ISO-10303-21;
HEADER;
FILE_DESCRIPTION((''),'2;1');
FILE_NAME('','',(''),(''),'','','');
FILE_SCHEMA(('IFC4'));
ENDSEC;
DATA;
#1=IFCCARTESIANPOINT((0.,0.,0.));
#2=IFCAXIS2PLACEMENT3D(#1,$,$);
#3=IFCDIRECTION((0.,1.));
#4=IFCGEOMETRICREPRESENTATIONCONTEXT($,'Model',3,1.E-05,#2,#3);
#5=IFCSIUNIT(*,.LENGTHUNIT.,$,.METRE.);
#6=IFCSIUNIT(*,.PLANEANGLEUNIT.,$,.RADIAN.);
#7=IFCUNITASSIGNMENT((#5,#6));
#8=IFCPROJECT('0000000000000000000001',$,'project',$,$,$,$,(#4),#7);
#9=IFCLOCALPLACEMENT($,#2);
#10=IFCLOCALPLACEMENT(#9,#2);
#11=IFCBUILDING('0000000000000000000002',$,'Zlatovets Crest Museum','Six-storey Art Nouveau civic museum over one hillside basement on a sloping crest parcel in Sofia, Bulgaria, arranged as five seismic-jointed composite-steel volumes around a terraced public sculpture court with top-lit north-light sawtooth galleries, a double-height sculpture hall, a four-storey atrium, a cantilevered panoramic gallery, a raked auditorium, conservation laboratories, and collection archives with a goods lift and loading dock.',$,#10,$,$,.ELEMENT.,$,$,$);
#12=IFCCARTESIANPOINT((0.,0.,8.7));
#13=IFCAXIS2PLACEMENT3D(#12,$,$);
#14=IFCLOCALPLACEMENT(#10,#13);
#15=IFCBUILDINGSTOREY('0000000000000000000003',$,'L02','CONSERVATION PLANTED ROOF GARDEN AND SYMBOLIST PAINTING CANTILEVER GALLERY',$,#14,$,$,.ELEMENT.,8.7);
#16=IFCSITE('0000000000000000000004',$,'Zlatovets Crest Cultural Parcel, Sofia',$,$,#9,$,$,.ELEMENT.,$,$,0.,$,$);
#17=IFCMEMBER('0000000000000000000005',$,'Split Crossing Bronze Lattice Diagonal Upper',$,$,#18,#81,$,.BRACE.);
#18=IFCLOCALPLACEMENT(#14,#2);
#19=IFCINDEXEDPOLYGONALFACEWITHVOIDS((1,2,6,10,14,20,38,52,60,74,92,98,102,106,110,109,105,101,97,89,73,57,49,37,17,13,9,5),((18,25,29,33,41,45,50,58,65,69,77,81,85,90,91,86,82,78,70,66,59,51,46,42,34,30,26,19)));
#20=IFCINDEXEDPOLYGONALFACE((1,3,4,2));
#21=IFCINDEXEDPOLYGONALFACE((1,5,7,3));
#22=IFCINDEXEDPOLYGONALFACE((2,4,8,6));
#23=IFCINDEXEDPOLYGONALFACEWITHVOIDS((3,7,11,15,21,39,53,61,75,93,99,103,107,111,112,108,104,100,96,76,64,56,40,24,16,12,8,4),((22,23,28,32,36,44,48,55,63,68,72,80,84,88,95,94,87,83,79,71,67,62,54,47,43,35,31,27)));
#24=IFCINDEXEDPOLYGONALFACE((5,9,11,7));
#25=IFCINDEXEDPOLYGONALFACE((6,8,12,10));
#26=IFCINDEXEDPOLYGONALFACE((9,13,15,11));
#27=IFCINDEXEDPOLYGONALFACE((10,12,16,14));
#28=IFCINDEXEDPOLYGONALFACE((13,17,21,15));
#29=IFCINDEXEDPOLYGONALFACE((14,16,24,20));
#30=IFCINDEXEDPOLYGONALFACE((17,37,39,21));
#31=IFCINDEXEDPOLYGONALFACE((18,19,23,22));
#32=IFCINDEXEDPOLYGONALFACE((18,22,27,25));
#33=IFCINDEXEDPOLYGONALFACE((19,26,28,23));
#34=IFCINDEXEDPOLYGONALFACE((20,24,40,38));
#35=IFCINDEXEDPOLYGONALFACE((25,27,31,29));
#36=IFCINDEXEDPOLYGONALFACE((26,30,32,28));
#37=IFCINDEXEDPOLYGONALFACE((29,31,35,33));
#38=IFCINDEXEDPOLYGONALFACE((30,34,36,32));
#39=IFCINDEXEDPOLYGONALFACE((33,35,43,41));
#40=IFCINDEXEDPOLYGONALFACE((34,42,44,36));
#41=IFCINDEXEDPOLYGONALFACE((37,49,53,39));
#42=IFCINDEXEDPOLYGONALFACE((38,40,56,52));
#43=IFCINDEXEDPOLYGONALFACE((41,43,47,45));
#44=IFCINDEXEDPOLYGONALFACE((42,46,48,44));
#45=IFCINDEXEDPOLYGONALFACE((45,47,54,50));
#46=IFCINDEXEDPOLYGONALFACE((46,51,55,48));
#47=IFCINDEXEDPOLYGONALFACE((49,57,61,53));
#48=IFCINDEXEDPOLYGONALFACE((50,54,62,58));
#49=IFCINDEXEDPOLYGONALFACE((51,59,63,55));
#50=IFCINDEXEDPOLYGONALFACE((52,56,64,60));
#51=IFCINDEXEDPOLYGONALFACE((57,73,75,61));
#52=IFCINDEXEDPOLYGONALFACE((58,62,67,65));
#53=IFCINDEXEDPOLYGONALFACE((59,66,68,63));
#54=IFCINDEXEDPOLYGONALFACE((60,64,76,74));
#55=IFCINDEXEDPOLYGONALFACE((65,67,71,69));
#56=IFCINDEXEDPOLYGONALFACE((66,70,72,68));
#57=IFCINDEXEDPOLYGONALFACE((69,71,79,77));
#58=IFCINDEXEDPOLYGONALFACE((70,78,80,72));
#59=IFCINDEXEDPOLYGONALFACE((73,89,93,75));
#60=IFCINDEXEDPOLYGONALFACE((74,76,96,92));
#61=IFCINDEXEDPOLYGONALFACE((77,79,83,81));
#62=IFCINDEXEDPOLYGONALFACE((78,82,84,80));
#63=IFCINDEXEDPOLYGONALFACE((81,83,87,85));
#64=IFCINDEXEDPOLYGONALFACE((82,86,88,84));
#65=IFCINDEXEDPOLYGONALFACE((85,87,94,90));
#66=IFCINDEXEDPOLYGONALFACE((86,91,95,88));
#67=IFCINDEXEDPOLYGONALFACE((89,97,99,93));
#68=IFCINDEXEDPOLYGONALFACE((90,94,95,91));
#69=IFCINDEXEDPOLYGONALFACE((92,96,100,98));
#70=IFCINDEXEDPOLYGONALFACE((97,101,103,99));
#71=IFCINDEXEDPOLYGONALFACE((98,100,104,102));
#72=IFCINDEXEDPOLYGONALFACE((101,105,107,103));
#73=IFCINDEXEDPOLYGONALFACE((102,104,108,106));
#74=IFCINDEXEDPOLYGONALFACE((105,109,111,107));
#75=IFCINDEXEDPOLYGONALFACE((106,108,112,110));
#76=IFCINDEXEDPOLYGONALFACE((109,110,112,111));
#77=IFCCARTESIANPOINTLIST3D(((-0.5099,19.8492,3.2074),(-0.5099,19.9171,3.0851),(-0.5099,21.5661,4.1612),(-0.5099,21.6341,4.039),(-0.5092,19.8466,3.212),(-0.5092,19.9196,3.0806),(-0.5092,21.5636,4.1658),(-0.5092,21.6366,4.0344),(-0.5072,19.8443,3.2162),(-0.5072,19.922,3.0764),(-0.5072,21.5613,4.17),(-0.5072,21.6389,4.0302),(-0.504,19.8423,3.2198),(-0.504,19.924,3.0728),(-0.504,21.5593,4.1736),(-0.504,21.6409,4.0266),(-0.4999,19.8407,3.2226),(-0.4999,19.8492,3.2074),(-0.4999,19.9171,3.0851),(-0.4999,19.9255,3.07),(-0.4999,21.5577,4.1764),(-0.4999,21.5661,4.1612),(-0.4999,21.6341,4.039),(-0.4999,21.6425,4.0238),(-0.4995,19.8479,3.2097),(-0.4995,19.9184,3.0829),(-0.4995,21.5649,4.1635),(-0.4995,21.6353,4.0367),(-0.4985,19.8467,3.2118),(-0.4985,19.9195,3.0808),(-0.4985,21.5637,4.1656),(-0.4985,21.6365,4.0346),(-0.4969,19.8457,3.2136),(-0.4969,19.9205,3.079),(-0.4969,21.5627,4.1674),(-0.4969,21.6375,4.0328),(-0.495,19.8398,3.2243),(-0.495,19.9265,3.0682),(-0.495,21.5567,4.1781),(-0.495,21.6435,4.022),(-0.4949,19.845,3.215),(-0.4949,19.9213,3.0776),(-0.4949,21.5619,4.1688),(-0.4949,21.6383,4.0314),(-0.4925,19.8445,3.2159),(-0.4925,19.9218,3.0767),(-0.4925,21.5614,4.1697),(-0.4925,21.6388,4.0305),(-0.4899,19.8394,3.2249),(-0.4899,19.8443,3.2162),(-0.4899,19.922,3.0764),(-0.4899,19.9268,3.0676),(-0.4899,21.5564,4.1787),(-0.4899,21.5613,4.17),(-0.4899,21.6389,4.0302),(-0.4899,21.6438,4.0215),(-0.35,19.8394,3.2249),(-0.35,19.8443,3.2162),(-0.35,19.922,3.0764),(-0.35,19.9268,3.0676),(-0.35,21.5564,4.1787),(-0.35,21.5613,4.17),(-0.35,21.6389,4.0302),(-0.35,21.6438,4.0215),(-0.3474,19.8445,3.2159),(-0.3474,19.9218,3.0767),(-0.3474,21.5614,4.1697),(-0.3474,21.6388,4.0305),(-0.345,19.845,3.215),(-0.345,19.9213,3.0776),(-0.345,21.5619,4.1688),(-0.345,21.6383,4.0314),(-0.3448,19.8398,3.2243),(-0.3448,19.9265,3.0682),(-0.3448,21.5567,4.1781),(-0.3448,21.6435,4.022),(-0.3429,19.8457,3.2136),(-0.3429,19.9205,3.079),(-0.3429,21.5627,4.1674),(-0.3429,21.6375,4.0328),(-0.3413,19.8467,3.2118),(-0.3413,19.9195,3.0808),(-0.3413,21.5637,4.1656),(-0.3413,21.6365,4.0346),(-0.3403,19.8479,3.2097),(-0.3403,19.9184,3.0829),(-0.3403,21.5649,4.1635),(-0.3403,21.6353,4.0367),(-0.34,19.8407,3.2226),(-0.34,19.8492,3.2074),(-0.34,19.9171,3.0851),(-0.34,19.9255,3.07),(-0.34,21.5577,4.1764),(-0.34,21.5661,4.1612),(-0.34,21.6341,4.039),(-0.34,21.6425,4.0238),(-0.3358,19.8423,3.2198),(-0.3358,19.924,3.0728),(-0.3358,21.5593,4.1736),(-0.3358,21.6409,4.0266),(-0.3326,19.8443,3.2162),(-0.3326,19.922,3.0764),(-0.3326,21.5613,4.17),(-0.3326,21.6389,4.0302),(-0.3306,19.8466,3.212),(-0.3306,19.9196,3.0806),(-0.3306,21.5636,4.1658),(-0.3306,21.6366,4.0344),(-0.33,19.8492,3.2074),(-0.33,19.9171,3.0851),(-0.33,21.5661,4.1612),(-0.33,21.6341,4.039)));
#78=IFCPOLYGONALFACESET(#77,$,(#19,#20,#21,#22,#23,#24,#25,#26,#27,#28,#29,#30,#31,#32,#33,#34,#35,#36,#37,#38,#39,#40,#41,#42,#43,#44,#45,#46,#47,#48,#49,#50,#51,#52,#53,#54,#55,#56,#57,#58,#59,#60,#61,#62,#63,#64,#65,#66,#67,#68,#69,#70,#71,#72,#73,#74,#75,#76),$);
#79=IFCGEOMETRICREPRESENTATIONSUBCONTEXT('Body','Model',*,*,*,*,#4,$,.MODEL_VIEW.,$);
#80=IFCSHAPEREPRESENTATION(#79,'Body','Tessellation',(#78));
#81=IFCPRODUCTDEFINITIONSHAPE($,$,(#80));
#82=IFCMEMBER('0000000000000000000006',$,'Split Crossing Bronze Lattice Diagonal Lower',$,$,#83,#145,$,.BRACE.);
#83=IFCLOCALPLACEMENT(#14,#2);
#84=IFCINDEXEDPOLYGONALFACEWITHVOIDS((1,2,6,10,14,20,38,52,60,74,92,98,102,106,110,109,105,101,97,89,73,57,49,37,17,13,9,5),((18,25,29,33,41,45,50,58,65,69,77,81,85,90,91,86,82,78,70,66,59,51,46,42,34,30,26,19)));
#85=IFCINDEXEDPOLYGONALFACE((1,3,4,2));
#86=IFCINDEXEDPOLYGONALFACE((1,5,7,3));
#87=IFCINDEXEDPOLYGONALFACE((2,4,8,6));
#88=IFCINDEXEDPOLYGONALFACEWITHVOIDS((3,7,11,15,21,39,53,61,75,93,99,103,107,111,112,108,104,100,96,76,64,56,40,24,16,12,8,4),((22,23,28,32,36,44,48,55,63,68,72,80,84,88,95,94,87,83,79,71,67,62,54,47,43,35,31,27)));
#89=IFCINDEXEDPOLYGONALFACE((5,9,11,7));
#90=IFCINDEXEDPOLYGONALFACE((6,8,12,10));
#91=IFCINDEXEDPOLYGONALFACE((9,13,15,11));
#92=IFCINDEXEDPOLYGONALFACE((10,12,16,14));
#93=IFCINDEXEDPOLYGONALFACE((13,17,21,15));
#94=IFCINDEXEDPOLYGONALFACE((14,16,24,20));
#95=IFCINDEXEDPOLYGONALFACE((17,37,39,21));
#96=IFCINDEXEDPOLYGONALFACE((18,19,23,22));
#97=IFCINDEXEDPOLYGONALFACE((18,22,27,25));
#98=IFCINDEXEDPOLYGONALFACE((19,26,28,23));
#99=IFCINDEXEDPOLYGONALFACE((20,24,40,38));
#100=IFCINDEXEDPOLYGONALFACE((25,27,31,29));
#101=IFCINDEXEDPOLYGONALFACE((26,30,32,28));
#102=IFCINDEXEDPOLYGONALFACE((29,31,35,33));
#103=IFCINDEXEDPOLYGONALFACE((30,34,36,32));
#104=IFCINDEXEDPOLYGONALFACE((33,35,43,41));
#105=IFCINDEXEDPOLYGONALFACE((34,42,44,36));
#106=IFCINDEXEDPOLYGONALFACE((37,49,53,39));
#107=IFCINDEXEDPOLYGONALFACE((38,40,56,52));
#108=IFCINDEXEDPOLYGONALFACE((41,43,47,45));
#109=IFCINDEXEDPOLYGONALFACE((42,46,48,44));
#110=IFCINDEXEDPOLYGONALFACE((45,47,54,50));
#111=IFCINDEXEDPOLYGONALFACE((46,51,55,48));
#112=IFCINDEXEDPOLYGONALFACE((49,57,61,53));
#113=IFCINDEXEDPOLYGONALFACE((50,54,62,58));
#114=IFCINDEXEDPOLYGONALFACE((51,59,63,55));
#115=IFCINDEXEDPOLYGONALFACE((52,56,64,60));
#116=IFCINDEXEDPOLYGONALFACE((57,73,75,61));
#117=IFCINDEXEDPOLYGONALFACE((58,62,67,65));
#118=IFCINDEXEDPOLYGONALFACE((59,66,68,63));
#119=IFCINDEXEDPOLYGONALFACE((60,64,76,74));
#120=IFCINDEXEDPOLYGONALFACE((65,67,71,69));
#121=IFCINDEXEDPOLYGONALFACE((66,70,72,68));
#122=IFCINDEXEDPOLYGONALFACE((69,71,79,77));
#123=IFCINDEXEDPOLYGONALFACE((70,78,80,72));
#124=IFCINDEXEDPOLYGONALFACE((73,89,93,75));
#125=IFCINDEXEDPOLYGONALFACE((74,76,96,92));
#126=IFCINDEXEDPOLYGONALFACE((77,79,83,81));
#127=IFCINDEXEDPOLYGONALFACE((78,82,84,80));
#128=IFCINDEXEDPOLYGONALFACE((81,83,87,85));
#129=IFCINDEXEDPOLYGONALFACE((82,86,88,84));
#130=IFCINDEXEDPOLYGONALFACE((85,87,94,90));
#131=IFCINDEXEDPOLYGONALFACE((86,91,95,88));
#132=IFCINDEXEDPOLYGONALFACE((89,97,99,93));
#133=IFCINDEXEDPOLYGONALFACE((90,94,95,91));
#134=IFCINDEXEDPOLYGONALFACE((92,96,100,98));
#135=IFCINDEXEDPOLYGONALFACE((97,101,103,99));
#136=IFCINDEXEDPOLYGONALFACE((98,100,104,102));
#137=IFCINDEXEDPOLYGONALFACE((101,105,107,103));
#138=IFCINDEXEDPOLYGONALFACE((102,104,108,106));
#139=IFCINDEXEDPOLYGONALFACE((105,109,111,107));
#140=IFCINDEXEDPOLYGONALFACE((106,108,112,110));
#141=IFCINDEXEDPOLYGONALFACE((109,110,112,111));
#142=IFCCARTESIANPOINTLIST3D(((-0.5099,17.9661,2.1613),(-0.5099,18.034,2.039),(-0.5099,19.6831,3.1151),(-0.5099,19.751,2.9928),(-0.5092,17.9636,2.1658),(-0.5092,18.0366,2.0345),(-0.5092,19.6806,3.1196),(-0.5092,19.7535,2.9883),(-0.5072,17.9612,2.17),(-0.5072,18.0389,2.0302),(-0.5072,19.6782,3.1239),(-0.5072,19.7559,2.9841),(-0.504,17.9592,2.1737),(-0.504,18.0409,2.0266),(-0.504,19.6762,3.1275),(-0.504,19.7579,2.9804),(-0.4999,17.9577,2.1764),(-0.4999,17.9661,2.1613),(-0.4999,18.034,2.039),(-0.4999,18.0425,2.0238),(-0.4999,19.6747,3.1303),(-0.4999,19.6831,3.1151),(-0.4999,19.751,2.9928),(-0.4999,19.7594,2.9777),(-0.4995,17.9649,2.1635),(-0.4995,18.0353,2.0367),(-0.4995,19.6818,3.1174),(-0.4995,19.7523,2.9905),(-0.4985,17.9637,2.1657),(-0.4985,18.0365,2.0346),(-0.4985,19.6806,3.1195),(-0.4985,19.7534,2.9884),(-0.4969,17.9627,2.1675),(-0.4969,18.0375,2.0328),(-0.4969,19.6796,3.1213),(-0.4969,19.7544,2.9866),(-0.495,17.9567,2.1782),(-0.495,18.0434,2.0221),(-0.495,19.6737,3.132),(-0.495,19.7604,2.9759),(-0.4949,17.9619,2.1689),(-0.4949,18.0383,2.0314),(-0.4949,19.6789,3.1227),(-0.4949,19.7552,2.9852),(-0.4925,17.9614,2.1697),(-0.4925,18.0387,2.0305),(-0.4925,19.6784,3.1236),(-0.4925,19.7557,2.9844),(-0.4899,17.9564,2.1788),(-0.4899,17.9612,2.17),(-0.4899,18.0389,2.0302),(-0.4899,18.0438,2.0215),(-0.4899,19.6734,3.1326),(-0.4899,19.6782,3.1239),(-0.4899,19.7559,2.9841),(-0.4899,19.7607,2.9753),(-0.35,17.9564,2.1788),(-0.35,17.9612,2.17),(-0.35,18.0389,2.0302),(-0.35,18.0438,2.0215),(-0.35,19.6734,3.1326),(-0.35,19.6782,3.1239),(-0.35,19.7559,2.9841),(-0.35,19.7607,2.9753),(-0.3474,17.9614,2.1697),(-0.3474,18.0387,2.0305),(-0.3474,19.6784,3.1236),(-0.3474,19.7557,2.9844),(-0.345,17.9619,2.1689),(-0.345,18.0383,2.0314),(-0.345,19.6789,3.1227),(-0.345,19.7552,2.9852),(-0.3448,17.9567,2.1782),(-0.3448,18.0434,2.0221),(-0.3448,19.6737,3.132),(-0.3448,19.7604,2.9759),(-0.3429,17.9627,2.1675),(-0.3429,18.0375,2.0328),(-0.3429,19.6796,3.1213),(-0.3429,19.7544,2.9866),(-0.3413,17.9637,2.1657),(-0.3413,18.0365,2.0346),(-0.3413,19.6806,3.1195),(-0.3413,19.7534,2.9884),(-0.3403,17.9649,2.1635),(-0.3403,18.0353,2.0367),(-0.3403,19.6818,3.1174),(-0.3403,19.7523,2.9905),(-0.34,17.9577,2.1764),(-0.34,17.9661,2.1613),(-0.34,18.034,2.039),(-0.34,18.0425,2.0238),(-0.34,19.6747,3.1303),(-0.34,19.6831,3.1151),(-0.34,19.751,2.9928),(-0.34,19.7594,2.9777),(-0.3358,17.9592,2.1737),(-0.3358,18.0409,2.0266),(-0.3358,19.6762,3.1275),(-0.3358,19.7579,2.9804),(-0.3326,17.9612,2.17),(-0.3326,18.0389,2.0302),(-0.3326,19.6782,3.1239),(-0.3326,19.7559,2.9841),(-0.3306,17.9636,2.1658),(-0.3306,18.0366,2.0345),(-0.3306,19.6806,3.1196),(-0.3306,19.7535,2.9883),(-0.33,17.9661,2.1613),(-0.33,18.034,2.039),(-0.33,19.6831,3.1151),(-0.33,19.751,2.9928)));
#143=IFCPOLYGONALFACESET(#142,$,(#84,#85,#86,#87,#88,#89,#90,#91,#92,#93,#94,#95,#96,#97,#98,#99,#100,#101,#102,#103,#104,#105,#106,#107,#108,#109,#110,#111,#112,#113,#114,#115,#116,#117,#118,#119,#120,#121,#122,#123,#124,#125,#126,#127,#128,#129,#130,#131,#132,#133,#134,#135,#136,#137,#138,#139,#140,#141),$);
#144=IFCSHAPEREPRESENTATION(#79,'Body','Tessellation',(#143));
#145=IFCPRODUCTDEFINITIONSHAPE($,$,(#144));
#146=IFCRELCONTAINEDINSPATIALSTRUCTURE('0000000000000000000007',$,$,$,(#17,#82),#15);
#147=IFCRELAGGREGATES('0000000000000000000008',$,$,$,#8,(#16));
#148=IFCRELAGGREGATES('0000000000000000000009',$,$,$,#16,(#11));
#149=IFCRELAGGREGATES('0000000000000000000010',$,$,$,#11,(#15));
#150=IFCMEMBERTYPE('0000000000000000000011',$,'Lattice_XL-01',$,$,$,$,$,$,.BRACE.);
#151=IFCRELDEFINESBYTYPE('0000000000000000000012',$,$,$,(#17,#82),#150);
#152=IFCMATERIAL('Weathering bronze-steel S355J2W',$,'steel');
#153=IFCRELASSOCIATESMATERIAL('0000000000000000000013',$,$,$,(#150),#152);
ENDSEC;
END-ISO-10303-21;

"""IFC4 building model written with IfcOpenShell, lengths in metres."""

from ifc_helpers import new_model, si_unit, direction, frame, origin, origin_2d, place, context, subcontext, project, spatial, hollow_rectangle, extrude, material, material_profile, profile_set, type_object, element, save


model = new_model("IFC4")

# Units and contexts
model_context = context("Model", 3, precision=1e-05, world=origin(), true_north=direction((0.0, 1.0)))
body_context = subcontext(model_context, "Body", "Model", "MODEL_VIEW")
ifc_project = project(units=[si_unit("LENGTHUNIT", "METRE"), si_unit("PLANEANGLEUNIT", "RADIAN")], contexts=[model_context])

# Site, building, storey
site_placement = place(None, origin())
site = spatial("IfcSite", under=ifc_project, at=site_placement, Name="Zlatovets Crest Cultural Parcel, Sofia", CompositionType="ELEMENT", RefElevation=0.0)
building_placement = place(site_placement, origin())
building = spatial("IfcBuilding", under=site, at=building_placement, Name="Zlatovets Crest Museum", Description="Six-storey Art Nouveau civic museum over one hillside basement on a sloping crest parcel in Sofia, Bulgaria, arranged as five seismic-jointed composite-steel volumes around a terraced public sculpture court with top-lit north-light sawtooth galleries, a double-height sculpture hall, a four-storey atrium, a cantilevered panoramic gallery, a raked auditorium, conservation laboratories, and collection archives with a goods lift and loading dock.", CompositionType="ELEMENT")
storey_placement = place(building_placement, frame((0.0, 0.0, 8.7)))
storey = spatial("IfcBuildingStorey", under=building, at=storey_placement, Name="L02", Description="CONSERVATION PLANTED ROOF GARDEN AND SYMBOLIST PAINTING CANTILEVER GALLERY", CompositionType="ELEMENT", Elevation=8.7)

# Members
ifc_material_1 = material(Name="Weathering bronze-steel S355J2W", Category="steel")
ifc_material_profile_1 = material_profile(ifc_material_1, hollow_rectangle(XDim=0.1799, YDim=0.1799, WallThickness=0.01, InnerFilletRadius=0.01, OuterFilletRadius=0.02, at=origin_2d()), Name="SHS 180x180x10.0")
ifc_profile_set_1 = profile_set([ifc_material_profile_1], Name="Weathering bronze-steel S355J2W")
member_type_1 = type_object("IfcMemberType", Name="Lattice_XL-01", PredefinedType="BRACE", material=ifc_profile_set_1)
for number, where, z_axis, x_axis, name in (
    (1, (-0.4199, 21.6001, 4.1001), (0.0, -0.874169, -0.485622), (1.0, 0.0, 0.0), "Split Crossing Bronze Lattice Diagonal Upper"),
    (2, (-0.4199, 19.717, 3.054), (0.0, -0.874169, -0.485622), (1.0, 0.0, 0.0), "Split Crossing Bronze Lattice Diagonal Lower"),
):
    element("IfcMember", number, at=place(storey_placement, frame(where, z_axis=z_axis, x_axis=x_axis)), inside=storey, type_object=member_type_1, Name=name, PredefinedType="BRACE", context=body_context, shape_type="SweptSolid", body=[
        extrude(hollow_rectangle(XDim=0.1799, YDim=0.1799, WallThickness=0.01, InnerFilletRadius=0.01, OuterFilletRadius=0.02, at=origin_2d()), origin(), (0.0, 0.0, 1.0), 1.9641),
    ])

save(model, "model.ifc")
